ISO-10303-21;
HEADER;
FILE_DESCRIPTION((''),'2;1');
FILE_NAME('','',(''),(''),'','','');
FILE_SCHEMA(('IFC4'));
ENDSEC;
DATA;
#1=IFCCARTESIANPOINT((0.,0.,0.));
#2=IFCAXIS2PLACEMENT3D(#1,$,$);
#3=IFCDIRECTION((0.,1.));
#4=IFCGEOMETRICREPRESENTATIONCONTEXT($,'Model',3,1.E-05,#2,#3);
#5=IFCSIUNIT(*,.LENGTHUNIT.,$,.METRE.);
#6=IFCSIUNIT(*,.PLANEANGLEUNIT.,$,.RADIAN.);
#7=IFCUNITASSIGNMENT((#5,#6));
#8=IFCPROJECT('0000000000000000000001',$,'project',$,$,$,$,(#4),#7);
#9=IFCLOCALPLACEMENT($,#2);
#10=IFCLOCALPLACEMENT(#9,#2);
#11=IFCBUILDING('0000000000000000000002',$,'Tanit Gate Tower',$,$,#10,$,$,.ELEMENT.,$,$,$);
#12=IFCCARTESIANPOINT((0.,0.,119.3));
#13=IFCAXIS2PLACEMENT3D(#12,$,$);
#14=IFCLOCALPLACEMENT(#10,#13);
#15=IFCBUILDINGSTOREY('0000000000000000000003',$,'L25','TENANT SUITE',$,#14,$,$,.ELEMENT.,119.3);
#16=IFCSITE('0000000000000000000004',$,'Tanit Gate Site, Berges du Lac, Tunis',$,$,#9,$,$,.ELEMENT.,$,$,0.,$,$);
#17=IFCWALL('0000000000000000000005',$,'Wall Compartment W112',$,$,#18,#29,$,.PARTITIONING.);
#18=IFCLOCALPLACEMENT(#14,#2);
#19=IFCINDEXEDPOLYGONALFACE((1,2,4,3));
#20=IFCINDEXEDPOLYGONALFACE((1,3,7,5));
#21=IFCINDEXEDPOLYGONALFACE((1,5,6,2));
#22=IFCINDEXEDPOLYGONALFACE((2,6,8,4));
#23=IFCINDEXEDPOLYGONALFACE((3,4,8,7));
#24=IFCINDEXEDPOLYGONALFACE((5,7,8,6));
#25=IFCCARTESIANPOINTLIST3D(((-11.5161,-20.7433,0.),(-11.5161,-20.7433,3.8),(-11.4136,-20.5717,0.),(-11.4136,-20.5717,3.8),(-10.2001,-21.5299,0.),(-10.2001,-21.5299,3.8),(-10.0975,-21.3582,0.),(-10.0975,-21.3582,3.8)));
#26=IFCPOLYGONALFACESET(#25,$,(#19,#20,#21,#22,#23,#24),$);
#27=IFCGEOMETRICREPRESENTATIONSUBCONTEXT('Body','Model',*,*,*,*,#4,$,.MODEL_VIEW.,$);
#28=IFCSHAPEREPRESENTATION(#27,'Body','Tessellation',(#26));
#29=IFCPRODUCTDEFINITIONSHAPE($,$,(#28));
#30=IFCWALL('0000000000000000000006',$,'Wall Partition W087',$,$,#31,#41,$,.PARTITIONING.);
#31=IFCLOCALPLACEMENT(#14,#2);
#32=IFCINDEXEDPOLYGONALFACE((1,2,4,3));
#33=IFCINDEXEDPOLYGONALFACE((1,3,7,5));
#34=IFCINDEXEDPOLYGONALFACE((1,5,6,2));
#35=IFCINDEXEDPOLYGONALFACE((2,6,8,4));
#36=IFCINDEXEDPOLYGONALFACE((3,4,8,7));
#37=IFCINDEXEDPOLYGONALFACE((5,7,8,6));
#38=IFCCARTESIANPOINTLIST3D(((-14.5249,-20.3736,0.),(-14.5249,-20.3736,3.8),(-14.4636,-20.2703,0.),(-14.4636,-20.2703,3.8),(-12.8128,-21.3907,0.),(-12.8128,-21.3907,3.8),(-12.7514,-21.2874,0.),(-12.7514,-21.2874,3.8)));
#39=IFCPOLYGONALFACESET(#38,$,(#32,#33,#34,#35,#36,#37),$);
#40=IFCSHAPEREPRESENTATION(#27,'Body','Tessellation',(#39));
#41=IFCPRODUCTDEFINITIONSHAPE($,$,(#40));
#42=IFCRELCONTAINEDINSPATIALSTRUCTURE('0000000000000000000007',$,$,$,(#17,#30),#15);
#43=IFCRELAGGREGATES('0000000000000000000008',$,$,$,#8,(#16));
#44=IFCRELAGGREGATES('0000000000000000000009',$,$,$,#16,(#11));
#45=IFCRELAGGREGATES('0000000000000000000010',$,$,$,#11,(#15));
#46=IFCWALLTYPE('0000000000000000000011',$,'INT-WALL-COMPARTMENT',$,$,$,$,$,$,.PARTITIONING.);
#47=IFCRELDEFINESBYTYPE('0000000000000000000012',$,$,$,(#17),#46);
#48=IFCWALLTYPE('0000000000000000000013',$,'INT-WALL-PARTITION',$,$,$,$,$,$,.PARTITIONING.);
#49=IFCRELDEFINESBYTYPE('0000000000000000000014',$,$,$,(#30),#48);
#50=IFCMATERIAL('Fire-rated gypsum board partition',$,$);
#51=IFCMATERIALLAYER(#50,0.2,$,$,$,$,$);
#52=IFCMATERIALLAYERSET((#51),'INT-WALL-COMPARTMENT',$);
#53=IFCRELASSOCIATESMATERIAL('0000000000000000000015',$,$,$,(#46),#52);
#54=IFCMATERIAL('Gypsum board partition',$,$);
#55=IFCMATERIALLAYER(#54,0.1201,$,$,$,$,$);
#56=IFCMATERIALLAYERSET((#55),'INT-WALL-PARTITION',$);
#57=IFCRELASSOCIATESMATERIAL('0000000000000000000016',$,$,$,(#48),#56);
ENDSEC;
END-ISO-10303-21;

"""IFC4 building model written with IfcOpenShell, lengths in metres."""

from ifc_helpers import new_model, si_unit, direction, frame, frame_2d, origin, place, context, subcontext, project, spatial, rectangle, extrude, material, layer, layer_set, type_object, element, save


model = new_model("IFC4")

# Units and contexts
model_context = context("Model", 3, precision=1e-05, world=origin(), true_north=direction((0.0, 1.0)))
body_context = subcontext(model_context, "Body", "Model", "MODEL_VIEW")
ifc_project = project(units=[si_unit("LENGTHUNIT", "METRE"), si_unit("PLANEANGLEUNIT", "RADIAN")], contexts=[model_context])

# Site, building, storey
site_placement = place(None, origin())
site = spatial("IfcSite", under=ifc_project, at=site_placement, Name="Tanit Gate Site, Berges du Lac, Tunis", CompositionType="ELEMENT", RefElevation=0.0)
building_placement = place(site_placement, origin())
building = spatial("IfcBuilding", under=site, at=building_placement, Name="Tanit Gate Tower", CompositionType="ELEMENT")
storey_placement = place(building_placement, frame((0.0, 0.0, 119.3)))
storey = spatial("IfcBuildingStorey", under=building, at=storey_placement, Name="L25", Description="TENANT SUITE", CompositionType="ELEMENT", Elevation=119.3)

# Shared definitions
ifc_material_1 = material(Name="Fire-rated gypsum board partition")
ifc_layer_1 = layer(ifc_material_1, 0.2)
ifc_layer_set_1 = layer_set([ifc_layer_1], Name="INT-WALL-COMPARTMENT")
wall_type_1 = type_object("IfcWallType", Name="INT-WALL-COMPARTMENT", PredefinedType="PARTITIONING", material=ifc_layer_set_1)

# Walls
wall_1_placement = place(storey_placement, frame((-11.4648, -20.6575, 0.0), z_axis=(0.0, 0.0, 1.0), x_axis=(0.858377, -0.51302, 0.0)))
element("IfcWall", 1, at=wall_1_placement, inside=storey, type_object=wall_type_1, Name="Wall Compartment W112", PredefinedType="PARTITIONING", context=body_context, shape_type="SweptSolid", body=[
    extrude(rectangle(XDim=1.5332, YDim=0.2, at=frame_2d((0.7666, 0.0))), origin(), (0.0, 0.0, 1.0), 3.8),
])
ifc_material_2 = material(Name="Gypsum board partition")
ifc_layer_2 = layer(ifc_material_2, 0.1201)
ifc_layer_set_2 = layer_set([ifc_layer_2], Name="INT-WALL-PARTITION")
wall_type_2 = type_object("IfcWallType", Name="INT-WALL-PARTITION", PredefinedType="PARTITIONING", material=ifc_layer_set_2)
wall_2_placement = place(storey_placement, frame((-14.4941, -20.322, 0.0), z_axis=(0.0, 0.0, 1.0), x_axis=(0.859745, -0.510723, 0.0)))
element("IfcWall", 2, at=wall_2_placement, inside=storey, type_object=wall_type_2, Name="Wall Partition W087", PredefinedType="PARTITIONING", context=body_context, shape_type="SweptSolid", body=[
    extrude(rectangle(XDim=1.9915, YDim=0.1201, at=frame_2d((0.9956, 0.0))), origin(), (0.0, 0.0, 1.0), 3.8),
])

save(model, "model.ifc")
